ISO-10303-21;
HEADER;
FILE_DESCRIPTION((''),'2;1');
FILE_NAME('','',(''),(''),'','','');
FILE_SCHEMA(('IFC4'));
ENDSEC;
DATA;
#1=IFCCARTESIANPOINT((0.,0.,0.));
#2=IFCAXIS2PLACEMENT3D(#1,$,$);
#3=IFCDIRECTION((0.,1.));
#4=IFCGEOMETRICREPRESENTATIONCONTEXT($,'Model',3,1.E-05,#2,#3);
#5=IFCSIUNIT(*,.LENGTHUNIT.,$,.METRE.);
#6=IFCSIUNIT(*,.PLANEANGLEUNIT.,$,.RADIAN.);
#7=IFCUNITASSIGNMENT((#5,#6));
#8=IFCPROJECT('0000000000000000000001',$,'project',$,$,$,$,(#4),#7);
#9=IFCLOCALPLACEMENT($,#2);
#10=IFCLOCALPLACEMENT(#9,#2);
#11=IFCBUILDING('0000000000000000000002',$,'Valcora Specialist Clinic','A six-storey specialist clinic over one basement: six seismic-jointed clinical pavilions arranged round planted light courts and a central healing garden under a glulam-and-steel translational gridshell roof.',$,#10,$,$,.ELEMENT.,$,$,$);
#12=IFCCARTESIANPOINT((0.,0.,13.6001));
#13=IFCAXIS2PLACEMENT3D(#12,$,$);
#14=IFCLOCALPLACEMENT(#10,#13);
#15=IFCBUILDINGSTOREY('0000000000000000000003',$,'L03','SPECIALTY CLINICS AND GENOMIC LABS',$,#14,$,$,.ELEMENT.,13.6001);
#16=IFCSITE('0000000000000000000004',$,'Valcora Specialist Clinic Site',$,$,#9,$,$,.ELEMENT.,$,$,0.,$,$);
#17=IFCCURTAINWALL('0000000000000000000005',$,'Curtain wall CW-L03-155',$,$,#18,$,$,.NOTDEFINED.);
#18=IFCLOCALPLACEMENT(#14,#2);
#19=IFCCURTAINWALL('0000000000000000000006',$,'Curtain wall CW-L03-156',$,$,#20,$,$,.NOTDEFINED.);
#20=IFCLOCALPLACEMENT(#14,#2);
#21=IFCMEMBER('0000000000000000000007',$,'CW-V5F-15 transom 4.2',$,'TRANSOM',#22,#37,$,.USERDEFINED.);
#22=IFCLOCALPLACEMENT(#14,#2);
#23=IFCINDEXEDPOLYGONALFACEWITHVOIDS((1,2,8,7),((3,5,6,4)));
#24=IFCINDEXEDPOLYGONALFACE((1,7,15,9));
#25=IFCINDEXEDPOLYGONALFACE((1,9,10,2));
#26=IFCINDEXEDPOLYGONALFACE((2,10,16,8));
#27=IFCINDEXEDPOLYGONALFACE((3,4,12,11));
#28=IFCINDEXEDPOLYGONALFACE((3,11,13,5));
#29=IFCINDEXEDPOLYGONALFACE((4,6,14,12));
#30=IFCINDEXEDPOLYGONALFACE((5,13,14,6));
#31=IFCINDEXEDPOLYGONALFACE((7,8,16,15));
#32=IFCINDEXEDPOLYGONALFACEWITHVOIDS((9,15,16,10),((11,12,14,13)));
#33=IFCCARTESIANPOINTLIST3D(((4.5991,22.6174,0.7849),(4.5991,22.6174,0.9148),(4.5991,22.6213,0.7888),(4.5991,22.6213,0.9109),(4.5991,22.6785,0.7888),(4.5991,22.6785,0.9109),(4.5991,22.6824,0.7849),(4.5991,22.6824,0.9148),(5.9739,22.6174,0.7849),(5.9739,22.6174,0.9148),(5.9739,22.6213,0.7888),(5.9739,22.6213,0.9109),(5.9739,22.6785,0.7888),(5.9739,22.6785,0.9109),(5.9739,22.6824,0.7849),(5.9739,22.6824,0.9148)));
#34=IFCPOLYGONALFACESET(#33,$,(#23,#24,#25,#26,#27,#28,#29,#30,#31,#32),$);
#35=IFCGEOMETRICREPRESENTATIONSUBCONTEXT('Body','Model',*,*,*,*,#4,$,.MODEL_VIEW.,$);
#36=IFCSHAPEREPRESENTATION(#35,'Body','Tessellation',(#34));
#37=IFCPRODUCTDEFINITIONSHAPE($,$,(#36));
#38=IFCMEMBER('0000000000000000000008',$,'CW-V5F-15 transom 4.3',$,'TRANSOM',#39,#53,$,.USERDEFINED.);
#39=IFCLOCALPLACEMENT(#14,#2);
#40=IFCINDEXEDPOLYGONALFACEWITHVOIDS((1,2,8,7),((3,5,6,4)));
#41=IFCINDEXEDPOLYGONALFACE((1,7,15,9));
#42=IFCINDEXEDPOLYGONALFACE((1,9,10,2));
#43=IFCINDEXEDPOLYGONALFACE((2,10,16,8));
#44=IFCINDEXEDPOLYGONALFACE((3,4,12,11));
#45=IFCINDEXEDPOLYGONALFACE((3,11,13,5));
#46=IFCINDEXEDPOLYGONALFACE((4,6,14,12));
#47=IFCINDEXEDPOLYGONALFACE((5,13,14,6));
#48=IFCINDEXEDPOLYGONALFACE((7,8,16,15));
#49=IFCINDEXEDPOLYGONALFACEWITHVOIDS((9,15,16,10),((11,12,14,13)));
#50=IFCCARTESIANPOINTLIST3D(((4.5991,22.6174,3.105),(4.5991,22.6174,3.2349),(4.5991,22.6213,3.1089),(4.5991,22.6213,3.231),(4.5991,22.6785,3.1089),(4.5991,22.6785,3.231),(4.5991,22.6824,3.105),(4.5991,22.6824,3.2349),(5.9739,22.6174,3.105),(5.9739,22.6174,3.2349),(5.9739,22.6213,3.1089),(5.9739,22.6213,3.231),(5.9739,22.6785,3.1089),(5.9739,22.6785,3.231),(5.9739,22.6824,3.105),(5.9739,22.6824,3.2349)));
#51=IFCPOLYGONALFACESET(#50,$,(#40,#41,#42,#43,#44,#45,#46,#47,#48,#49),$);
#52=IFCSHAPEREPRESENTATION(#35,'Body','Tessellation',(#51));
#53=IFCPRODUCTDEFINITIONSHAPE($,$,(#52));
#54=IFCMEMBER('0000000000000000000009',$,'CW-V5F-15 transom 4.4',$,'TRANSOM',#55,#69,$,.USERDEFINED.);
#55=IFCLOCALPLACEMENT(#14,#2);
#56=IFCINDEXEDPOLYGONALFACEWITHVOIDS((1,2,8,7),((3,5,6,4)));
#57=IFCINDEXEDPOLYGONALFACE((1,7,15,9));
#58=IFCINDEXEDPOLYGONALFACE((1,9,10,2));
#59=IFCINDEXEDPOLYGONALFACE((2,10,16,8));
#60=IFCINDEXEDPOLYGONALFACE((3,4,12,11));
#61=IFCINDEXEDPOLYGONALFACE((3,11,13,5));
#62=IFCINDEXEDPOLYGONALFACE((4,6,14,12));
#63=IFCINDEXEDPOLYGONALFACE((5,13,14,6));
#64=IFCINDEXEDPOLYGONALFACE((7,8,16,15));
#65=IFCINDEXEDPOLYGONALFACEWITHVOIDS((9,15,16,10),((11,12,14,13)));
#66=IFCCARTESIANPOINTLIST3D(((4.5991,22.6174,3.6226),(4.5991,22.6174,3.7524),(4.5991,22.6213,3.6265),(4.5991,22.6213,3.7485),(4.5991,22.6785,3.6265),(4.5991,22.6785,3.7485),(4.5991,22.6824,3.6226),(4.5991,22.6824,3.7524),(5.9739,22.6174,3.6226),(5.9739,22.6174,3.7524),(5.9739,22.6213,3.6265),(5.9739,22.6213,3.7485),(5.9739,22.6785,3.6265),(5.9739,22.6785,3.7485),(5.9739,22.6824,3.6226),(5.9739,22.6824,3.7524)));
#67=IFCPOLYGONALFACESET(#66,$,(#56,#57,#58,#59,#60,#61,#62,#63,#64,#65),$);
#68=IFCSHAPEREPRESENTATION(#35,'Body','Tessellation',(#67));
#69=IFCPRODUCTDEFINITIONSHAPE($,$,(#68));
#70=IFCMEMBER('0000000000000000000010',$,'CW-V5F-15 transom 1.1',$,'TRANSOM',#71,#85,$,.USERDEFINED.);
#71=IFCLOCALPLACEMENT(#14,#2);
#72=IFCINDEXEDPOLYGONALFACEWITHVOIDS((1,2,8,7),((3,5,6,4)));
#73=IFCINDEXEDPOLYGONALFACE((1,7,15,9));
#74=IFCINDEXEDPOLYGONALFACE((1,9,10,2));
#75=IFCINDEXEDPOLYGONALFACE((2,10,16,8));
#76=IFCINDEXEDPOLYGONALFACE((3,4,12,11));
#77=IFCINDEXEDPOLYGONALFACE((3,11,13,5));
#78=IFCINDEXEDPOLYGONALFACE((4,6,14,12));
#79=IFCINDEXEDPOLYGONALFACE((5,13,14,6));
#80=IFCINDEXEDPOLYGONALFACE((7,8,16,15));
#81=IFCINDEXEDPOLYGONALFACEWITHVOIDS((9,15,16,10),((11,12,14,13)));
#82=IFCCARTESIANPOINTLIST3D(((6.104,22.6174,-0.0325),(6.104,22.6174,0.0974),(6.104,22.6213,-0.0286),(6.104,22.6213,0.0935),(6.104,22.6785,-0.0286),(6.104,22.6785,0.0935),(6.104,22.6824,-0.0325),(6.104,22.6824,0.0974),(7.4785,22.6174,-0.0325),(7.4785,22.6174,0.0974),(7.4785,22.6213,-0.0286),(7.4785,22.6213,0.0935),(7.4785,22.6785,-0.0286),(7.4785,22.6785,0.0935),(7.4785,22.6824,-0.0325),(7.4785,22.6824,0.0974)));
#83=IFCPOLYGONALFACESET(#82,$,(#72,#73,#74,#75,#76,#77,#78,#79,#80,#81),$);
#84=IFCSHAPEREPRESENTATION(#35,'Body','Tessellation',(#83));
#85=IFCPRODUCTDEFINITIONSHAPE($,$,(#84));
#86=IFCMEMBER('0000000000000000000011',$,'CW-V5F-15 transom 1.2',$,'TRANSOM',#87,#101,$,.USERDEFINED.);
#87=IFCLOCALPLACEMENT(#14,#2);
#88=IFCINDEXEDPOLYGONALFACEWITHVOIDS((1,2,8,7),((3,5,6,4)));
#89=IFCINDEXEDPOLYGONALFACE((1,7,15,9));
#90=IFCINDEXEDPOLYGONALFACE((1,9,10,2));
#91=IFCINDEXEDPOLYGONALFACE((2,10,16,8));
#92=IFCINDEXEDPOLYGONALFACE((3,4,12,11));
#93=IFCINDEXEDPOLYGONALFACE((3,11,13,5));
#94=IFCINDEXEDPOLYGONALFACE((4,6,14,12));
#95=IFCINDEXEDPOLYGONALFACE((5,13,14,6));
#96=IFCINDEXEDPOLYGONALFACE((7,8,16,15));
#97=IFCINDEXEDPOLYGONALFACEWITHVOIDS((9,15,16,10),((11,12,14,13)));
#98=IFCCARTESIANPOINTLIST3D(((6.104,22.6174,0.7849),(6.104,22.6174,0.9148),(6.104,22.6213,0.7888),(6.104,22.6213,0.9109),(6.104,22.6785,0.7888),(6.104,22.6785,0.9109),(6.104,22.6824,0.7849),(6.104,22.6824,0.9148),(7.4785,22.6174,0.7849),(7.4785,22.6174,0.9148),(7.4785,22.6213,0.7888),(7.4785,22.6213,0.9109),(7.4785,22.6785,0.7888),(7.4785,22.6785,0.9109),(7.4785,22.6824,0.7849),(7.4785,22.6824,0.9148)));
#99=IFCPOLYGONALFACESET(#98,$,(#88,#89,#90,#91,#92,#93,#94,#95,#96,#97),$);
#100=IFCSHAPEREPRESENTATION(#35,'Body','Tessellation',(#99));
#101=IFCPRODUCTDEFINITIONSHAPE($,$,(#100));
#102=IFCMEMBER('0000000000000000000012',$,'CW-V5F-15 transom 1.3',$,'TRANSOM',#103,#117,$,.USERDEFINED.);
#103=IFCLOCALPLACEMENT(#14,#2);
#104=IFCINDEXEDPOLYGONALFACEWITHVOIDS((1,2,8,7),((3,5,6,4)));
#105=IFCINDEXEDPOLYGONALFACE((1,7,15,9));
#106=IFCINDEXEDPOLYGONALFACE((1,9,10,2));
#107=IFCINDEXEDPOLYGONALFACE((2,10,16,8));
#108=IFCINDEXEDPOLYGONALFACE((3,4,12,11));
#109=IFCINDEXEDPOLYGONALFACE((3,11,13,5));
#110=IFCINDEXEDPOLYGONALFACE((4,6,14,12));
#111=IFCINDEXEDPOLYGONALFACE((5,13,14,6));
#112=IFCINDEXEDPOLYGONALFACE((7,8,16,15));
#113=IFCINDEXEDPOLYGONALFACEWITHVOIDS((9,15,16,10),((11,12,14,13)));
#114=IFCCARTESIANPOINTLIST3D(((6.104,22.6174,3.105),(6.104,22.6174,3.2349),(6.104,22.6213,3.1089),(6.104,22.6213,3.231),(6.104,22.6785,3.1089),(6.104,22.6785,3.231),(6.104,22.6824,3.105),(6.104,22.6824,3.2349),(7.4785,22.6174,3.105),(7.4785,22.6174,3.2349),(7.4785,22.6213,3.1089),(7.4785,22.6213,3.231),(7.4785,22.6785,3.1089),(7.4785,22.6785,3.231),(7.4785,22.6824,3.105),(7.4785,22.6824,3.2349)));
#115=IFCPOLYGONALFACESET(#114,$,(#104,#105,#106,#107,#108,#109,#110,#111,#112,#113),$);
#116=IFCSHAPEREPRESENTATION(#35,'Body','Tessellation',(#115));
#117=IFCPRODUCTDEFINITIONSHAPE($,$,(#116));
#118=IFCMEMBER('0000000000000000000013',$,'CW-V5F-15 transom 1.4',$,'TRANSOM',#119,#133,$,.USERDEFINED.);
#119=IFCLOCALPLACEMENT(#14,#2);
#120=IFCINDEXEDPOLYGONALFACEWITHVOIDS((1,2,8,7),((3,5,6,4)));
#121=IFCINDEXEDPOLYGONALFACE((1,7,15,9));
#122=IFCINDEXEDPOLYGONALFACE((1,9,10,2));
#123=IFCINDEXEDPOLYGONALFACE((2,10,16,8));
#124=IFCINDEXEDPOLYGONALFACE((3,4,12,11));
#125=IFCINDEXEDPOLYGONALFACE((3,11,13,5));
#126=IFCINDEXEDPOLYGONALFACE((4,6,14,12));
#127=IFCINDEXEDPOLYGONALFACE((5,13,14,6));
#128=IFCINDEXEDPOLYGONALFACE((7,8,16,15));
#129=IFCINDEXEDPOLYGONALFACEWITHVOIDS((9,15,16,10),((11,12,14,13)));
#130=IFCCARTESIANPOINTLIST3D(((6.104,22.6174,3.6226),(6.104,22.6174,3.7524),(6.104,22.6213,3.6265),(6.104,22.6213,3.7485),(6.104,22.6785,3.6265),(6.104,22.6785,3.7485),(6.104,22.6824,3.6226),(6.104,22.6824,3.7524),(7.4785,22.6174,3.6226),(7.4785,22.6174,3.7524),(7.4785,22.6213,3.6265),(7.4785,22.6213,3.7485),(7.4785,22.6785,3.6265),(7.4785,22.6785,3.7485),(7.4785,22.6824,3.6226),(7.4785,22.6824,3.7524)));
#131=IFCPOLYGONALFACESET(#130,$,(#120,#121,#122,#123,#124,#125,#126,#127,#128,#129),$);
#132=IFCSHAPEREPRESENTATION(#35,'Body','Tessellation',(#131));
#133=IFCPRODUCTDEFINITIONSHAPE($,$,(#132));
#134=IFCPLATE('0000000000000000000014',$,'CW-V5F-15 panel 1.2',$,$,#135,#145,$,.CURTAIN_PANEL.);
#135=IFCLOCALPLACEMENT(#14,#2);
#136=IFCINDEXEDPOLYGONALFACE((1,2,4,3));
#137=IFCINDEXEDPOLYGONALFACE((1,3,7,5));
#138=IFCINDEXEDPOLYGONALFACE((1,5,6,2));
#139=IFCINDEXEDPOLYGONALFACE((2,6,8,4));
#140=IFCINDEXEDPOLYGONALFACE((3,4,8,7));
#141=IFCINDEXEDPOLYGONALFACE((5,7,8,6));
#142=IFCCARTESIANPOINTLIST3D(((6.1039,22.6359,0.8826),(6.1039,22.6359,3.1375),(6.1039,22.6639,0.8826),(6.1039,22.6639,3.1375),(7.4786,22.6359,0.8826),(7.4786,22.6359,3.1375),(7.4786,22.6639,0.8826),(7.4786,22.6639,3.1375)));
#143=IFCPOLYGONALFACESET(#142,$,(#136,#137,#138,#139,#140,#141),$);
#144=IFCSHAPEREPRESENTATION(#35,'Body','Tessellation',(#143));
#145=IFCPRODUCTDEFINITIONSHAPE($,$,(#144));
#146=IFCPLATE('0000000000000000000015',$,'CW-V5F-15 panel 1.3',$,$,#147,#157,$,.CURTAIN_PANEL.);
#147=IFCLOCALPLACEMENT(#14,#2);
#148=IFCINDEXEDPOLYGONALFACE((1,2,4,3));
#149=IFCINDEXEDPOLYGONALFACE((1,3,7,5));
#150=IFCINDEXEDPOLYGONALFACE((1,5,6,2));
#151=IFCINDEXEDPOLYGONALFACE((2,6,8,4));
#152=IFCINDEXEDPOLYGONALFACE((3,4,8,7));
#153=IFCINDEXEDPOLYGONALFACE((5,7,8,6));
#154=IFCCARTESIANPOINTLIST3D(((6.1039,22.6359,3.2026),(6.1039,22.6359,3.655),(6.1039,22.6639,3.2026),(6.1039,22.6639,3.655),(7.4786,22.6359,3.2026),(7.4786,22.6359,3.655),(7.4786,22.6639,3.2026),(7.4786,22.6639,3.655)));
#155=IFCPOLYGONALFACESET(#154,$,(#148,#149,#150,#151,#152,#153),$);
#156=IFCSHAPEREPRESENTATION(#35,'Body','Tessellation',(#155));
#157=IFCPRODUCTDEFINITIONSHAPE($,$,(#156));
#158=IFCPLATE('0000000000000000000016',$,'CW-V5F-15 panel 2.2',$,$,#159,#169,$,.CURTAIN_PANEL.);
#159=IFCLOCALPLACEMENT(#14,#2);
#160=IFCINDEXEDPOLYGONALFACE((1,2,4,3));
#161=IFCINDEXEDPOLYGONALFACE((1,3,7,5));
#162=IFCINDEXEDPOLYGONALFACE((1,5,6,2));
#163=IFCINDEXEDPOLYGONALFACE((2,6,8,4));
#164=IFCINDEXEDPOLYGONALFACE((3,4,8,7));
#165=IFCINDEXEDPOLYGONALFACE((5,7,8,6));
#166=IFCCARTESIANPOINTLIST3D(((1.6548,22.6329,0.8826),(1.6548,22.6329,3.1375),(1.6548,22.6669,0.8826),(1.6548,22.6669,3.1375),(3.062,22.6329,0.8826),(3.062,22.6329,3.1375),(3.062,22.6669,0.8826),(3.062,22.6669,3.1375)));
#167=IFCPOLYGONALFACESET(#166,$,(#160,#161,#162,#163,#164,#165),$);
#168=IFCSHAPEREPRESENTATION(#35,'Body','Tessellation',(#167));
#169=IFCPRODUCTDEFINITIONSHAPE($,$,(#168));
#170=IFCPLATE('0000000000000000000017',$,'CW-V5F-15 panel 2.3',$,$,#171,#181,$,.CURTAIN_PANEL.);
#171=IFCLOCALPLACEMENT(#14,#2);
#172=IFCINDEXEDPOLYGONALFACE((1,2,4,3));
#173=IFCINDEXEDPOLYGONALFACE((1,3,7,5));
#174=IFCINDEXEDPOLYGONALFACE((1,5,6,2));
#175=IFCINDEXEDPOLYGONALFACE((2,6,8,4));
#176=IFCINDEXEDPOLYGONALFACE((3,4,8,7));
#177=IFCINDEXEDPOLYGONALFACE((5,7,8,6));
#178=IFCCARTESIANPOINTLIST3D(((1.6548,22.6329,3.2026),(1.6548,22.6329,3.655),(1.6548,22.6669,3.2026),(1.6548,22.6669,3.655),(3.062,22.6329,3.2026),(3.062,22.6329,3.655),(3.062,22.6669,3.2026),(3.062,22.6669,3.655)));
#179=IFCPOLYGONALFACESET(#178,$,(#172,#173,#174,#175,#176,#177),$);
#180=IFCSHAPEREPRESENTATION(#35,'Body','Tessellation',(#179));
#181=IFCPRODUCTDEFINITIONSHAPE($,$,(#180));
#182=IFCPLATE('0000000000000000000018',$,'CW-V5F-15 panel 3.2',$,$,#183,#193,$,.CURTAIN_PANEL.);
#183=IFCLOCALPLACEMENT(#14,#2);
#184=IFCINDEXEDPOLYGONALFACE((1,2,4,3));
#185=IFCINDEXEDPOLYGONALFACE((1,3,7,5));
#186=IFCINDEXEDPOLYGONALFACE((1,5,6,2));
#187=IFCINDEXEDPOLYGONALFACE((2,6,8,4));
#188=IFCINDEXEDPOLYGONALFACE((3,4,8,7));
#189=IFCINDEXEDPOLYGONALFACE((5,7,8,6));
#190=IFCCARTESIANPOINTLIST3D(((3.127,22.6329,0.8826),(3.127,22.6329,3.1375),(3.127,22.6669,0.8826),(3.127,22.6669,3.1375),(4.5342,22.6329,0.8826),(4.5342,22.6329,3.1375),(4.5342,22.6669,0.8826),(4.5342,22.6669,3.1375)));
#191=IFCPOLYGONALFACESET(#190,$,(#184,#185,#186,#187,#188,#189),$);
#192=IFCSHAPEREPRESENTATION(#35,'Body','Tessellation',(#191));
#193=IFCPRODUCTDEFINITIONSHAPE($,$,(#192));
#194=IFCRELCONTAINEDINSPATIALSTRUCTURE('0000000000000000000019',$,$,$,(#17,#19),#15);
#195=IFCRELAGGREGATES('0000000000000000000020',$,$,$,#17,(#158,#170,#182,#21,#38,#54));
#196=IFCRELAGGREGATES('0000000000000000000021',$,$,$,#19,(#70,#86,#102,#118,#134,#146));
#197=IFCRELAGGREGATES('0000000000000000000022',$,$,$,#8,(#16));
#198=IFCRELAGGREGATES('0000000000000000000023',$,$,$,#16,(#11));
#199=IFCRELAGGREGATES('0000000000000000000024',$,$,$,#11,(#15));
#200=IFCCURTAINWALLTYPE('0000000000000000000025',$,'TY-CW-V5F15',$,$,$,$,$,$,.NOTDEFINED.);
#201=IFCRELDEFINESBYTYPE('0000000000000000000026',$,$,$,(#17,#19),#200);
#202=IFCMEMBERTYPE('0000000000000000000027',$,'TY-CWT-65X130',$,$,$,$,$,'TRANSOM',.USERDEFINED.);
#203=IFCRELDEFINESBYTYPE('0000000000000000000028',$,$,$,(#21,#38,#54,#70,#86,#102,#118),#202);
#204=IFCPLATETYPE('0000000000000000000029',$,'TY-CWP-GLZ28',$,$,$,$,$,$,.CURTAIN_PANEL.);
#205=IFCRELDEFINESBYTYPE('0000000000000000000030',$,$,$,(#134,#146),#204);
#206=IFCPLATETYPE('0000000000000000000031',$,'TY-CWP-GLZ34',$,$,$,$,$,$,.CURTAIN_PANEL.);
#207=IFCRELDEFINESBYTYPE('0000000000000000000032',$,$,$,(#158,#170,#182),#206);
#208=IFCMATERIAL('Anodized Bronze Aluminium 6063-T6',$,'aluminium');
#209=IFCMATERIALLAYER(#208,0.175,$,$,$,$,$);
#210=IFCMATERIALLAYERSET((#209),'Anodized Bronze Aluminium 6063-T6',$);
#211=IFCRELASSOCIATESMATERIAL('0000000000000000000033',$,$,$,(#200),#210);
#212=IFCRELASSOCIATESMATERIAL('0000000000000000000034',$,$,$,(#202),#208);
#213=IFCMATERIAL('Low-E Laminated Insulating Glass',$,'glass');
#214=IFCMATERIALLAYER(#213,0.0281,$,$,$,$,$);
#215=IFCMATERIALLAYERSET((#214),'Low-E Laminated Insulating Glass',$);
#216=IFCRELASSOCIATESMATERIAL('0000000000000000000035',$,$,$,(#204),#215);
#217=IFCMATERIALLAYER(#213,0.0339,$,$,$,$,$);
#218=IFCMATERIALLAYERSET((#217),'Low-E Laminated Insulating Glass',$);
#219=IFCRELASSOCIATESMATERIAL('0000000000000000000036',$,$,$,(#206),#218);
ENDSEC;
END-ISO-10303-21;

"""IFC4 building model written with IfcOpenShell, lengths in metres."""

from ifc_helpers import new_model, si_unit, direction, frame, origin, origin_2d, place, context, subcontext, project, spatial, rectangle, hollow_rectangle, extrude, material, layer, layer_set, material_profile, profile_set, type_object, element, aggregate, save


model = new_model("IFC4")

# Units and contexts
model_context = context("Model", 3, precision=1e-05, world=origin(), true_north=direction((0.0, 1.0)))
body_context = subcontext(model_context, "Body", "Model", "MODEL_VIEW")
ifc_project = project(units=[si_unit("LENGTHUNIT", "METRE"), si_unit("PLANEANGLEUNIT", "RADIAN")], contexts=[model_context])

# Site, building, storey
site_placement = place(None, origin())
site = spatial("IfcSite", under=ifc_project, at=site_placement, Name="Valcora Specialist Clinic Site", CompositionType="ELEMENT", RefElevation=0.0)
building_placement = place(site_placement, origin())
building = spatial("IfcBuilding", under=site, at=building_placement, Name="Valcora Specialist Clinic", Description="A six-storey specialist clinic over one basement: six seismic-jointed clinical pavilions arranged round planted light courts and a central healing garden under a glulam-and-steel translational gridshell roof.", CompositionType="ELEMENT")
storey_placement = place(building_placement, frame((0.0, 0.0, 13.6001)))
storey = spatial("IfcBuildingStorey", under=building, at=storey_placement, Name="L03", Description="SPECIALTY CLINICS AND GENOMIC LABS", CompositionType="ELEMENT", Elevation=13.6001)

# Curtain wall
ifc_material_1 = material(Name="Anodized Bronze Aluminium 6063-T6", Category="aluminium")
ifc_layer_1 = layer(ifc_material_1, 0.175)
ifc_layer_set_1 = layer_set([ifc_layer_1], Name="Anodized Bronze Aluminium 6063-T6")
curtain_wall_type = type_object("IfcCurtainWallType", Name="TY-CW-V5F15", PredefinedType="NOTDEFINED", material=ifc_layer_set_1)
curtain_wall_1_placement = place(storey_placement, origin())
curtain_wall_1 = element("IfcCurtainWall", 1, at=curtain_wall_1_placement, inside=storey, type_object=curtain_wall_type, Name="Curtain wall CW-L03-155", PredefinedType="NOTDEFINED")

# Curtain wall
curtain_wall_2_placement = place(storey_placement, origin())
curtain_wall_2 = element("IfcCurtainWall", 2, at=curtain_wall_2_placement, inside=storey, type_object=curtain_wall_type, Name="Curtain wall CW-L03-156", PredefinedType="NOTDEFINED")

# Members
ifc_material_profile_1 = material_profile(ifc_material_1, hollow_rectangle(XDim=0.0649, YDim=0.1299, WallThickness=0.0039, at=origin_2d()), Name="AL-TRN-65X130")
ifc_profile_set_1 = profile_set([ifc_material_profile_1], Name="Anodized Bronze Aluminium 6063-T6")
member_type_1 = type_object("IfcMemberType", Name="TY-CWT-65X130", ElementType="TRANSOM", PredefinedType="USERDEFINED", material=ifc_profile_set_1)
member_1_placement = place(storey_placement, frame((4.5991, 22.6499, 0.8499), z_axis=(1.0, 0.0, 0.0), x_axis=(0.0, 1.0, 0.0)))
member_1 = element("IfcMember", 3, at=member_1_placement, type_object=member_type_1, Name="CW-V5F-15 transom 4.2", ObjectType="TRANSOM", PredefinedType="USERDEFINED", context=body_context, shape_type="SweptSolid", body=[
    extrude(hollow_rectangle(XDim=0.0649, YDim=0.1299, WallThickness=0.0039, at=origin_2d()), origin(), (0.0, 0.0, 1.0), 1.3748),
])
member_2_placement = place(storey_placement, frame((4.5991, 22.6499, 3.1699), z_axis=(1.0, 0.0, 0.0), x_axis=(0.0, 1.0, 0.0)))
member_2 = element("IfcMember", 4, at=member_2_placement, type_object=member_type_1, Name="CW-V5F-15 transom 4.3", ObjectType="TRANSOM", PredefinedType="USERDEFINED", context=body_context, shape_type="SweptSolid", body=[
    extrude(hollow_rectangle(XDim=0.0649, YDim=0.1299, WallThickness=0.0039, at=origin_2d()), origin(), (0.0, 0.0, 1.0), 1.3748),
])
member_3_placement = place(storey_placement, frame((4.5991, 22.6499, 3.6875), z_axis=(1.0, 0.0, 0.0), x_axis=(0.0, 1.0, 0.0)))
member_3 = element("IfcMember", 5, at=member_3_placement, type_object=member_type_1, Name="CW-V5F-15 transom 4.4", ObjectType="TRANSOM", PredefinedType="USERDEFINED", context=body_context, shape_type="SweptSolid", body=[
    extrude(hollow_rectangle(XDim=0.0649, YDim=0.1299, WallThickness=0.0039, at=origin_2d()), origin(), (0.0, 0.0, 1.0), 1.3748),
])
member_4_placement = place(storey_placement, frame((6.104, 22.6499, 0.0325), z_axis=(1.0, 0.0, 0.0), x_axis=(0.0, 1.0, 0.0)))
member_4 = element("IfcMember", 6, at=member_4_placement, type_object=member_type_1, Name="CW-V5F-15 transom 1.1", ObjectType="TRANSOM", PredefinedType="USERDEFINED", context=body_context, shape_type="SweptSolid", body=[
    extrude(hollow_rectangle(XDim=0.0649, YDim=0.1299, WallThickness=0.0039, at=origin_2d()), origin(), (0.0, 0.0, 1.0), 1.3745),
])
member_5_placement = place(storey_placement, frame((6.104, 22.6499, 0.8499), z_axis=(1.0, 0.0, 0.0), x_axis=(0.0, 1.0, 0.0)))
member_5 = element("IfcMember", 7, at=member_5_placement, type_object=member_type_1, Name="CW-V5F-15 transom 1.2", ObjectType="TRANSOM", PredefinedType="USERDEFINED", context=body_context, shape_type="SweptSolid", body=[
    extrude(hollow_rectangle(XDim=0.0649, YDim=0.1299, WallThickness=0.0039, at=origin_2d()), origin(), (0.0, 0.0, 1.0), 1.3745),
])
member_6_placement = place(storey_placement, frame((6.104, 22.6499, 3.1699), z_axis=(1.0, 0.0, 0.0), x_axis=(0.0, 1.0, 0.0)))
member_6 = element("IfcMember", 8, at=member_6_placement, type_object=member_type_1, Name="CW-V5F-15 transom 1.3", ObjectType="TRANSOM", PredefinedType="USERDEFINED", context=body_context, shape_type="SweptSolid", body=[
    extrude(hollow_rectangle(XDim=0.0649, YDim=0.1299, WallThickness=0.0039, at=origin_2d()), origin(), (0.0, 0.0, 1.0), 1.3745),
])
member_7_placement = place(storey_placement, frame((6.104, 22.6499, 3.6875), z_axis=(1.0, 0.0, 0.0), x_axis=(0.0, 1.0, 0.0)))
member_7 = element("IfcMember", 9, at=member_7_placement, type_object=member_type_1, Name="CW-V5F-15 transom 1.4", ObjectType="TRANSOM", PredefinedType="USERDEFINED", context=body_context, shape_type="SweptSolid", body=[
    extrude(hollow_rectangle(XDim=0.0649, YDim=0.1299, WallThickness=0.0039, at=origin_2d()), origin(), (0.0, 0.0, 1.0), 1.3745),
])

# Plates
ifc_material_2 = material(Name="Low-E Laminated Insulating Glass", Category="glass")
ifc_layer_2 = layer(ifc_material_2, 0.0281)
ifc_layer_set_2 = layer_set([ifc_layer_2], Name="Low-E Laminated Insulating Glass")
plate_type_1 = type_object("IfcPlateType", Name="TY-CWP-GLZ28", PredefinedType="CURTAIN_PANEL", material=ifc_layer_set_2)
plate_1_placement = place(storey_placement, frame((6.7913, 22.6499, 0.8826), z_axis=(0.0, 0.0, 1.0), x_axis=(1.0, 0.0, 0.0)))
plate_1 = element("IfcPlate", 10, at=plate_1_placement, type_object=plate_type_1, Name="CW-V5F-15 panel 1.2", PredefinedType="CURTAIN_PANEL", context=body_context, shape_type="SweptSolid", body=[
    extrude(rectangle(XDim=1.3748, YDim=0.0281, at=origin_2d()), origin(), (0.0, 0.0, 1.0), 2.2549),
])
plate_2_placement = place(storey_placement, frame((6.7913, 22.6499, 3.2026), z_axis=(0.0, 0.0, 1.0), x_axis=(1.0, 0.0, 0.0)))
plate_2 = element("IfcPlate", 11, at=plate_2_placement, type_object=plate_type_1, Name="CW-V5F-15 panel 1.3", PredefinedType="CURTAIN_PANEL", context=body_context, shape_type="SweptSolid", body=[
    extrude(rectangle(XDim=1.3748, YDim=0.0281, at=origin_2d()), origin(), (0.0, 0.0, 1.0), 0.4524),
])
ifc_layer_3 = layer(ifc_material_2, 0.0339)
ifc_layer_set_3 = layer_set([ifc_layer_3], Name="Low-E Laminated Insulating Glass")
plate_type_2 = type_object("IfcPlateType", Name="TY-CWP-GLZ34", PredefinedType="CURTAIN_PANEL", material=ifc_layer_set_3)
plate_3_placement = place(storey_placement, frame((2.3584, 22.6499, 0.8826), z_axis=(0.0, 0.0, 1.0), x_axis=(1.0, 0.0, 0.0)))
plate_3 = element("IfcPlate", 12, at=plate_3_placement, type_object=plate_type_2, Name="CW-V5F-15 panel 2.2", PredefinedType="CURTAIN_PANEL", context=body_context, shape_type="SweptSolid", body=[
    extrude(rectangle(XDim=1.4072, YDim=0.0339, at=origin_2d()), origin(), (0.0, 0.0, 1.0), 2.2549),
])
plate_4_placement = place(storey_placement, frame((2.3584, 22.6499, 3.2026), z_axis=(0.0, 0.0, 1.0), x_axis=(1.0, 0.0, 0.0)))
plate_4 = element("IfcPlate", 13, at=plate_4_placement, type_object=plate_type_2, Name="CW-V5F-15 panel 2.3", PredefinedType="CURTAIN_PANEL", context=body_context, shape_type="SweptSolid", body=[
    extrude(rectangle(XDim=1.4072, YDim=0.0339, at=origin_2d()), origin(), (0.0, 0.0, 1.0), 0.4524),
])
plate_5_placement = place(storey_placement, frame((3.8306, 22.6499, 0.8826), z_axis=(0.0, 0.0, 1.0), x_axis=(1.0, 0.0, 0.0)))
plate_5 = element("IfcPlate", 14, at=plate_5_placement, type_object=plate_type_2, Name="CW-V5F-15 panel 3.2", PredefinedType="CURTAIN_PANEL", context=body_context, shape_type="SweptSolid", body=[
    extrude(rectangle(XDim=1.4072, YDim=0.0339, at=origin_2d()), origin(), (0.0, 0.0, 1.0), 2.2549),
])
aggregate(curtain_wall_1, [plate_3, plate_4, plate_5, member_1, member_2, member_3])
aggregate(curtain_wall_2, [member_4, member_5, member_6, member_7, plate_1, plate_2])

save(model, "model.ifc")
